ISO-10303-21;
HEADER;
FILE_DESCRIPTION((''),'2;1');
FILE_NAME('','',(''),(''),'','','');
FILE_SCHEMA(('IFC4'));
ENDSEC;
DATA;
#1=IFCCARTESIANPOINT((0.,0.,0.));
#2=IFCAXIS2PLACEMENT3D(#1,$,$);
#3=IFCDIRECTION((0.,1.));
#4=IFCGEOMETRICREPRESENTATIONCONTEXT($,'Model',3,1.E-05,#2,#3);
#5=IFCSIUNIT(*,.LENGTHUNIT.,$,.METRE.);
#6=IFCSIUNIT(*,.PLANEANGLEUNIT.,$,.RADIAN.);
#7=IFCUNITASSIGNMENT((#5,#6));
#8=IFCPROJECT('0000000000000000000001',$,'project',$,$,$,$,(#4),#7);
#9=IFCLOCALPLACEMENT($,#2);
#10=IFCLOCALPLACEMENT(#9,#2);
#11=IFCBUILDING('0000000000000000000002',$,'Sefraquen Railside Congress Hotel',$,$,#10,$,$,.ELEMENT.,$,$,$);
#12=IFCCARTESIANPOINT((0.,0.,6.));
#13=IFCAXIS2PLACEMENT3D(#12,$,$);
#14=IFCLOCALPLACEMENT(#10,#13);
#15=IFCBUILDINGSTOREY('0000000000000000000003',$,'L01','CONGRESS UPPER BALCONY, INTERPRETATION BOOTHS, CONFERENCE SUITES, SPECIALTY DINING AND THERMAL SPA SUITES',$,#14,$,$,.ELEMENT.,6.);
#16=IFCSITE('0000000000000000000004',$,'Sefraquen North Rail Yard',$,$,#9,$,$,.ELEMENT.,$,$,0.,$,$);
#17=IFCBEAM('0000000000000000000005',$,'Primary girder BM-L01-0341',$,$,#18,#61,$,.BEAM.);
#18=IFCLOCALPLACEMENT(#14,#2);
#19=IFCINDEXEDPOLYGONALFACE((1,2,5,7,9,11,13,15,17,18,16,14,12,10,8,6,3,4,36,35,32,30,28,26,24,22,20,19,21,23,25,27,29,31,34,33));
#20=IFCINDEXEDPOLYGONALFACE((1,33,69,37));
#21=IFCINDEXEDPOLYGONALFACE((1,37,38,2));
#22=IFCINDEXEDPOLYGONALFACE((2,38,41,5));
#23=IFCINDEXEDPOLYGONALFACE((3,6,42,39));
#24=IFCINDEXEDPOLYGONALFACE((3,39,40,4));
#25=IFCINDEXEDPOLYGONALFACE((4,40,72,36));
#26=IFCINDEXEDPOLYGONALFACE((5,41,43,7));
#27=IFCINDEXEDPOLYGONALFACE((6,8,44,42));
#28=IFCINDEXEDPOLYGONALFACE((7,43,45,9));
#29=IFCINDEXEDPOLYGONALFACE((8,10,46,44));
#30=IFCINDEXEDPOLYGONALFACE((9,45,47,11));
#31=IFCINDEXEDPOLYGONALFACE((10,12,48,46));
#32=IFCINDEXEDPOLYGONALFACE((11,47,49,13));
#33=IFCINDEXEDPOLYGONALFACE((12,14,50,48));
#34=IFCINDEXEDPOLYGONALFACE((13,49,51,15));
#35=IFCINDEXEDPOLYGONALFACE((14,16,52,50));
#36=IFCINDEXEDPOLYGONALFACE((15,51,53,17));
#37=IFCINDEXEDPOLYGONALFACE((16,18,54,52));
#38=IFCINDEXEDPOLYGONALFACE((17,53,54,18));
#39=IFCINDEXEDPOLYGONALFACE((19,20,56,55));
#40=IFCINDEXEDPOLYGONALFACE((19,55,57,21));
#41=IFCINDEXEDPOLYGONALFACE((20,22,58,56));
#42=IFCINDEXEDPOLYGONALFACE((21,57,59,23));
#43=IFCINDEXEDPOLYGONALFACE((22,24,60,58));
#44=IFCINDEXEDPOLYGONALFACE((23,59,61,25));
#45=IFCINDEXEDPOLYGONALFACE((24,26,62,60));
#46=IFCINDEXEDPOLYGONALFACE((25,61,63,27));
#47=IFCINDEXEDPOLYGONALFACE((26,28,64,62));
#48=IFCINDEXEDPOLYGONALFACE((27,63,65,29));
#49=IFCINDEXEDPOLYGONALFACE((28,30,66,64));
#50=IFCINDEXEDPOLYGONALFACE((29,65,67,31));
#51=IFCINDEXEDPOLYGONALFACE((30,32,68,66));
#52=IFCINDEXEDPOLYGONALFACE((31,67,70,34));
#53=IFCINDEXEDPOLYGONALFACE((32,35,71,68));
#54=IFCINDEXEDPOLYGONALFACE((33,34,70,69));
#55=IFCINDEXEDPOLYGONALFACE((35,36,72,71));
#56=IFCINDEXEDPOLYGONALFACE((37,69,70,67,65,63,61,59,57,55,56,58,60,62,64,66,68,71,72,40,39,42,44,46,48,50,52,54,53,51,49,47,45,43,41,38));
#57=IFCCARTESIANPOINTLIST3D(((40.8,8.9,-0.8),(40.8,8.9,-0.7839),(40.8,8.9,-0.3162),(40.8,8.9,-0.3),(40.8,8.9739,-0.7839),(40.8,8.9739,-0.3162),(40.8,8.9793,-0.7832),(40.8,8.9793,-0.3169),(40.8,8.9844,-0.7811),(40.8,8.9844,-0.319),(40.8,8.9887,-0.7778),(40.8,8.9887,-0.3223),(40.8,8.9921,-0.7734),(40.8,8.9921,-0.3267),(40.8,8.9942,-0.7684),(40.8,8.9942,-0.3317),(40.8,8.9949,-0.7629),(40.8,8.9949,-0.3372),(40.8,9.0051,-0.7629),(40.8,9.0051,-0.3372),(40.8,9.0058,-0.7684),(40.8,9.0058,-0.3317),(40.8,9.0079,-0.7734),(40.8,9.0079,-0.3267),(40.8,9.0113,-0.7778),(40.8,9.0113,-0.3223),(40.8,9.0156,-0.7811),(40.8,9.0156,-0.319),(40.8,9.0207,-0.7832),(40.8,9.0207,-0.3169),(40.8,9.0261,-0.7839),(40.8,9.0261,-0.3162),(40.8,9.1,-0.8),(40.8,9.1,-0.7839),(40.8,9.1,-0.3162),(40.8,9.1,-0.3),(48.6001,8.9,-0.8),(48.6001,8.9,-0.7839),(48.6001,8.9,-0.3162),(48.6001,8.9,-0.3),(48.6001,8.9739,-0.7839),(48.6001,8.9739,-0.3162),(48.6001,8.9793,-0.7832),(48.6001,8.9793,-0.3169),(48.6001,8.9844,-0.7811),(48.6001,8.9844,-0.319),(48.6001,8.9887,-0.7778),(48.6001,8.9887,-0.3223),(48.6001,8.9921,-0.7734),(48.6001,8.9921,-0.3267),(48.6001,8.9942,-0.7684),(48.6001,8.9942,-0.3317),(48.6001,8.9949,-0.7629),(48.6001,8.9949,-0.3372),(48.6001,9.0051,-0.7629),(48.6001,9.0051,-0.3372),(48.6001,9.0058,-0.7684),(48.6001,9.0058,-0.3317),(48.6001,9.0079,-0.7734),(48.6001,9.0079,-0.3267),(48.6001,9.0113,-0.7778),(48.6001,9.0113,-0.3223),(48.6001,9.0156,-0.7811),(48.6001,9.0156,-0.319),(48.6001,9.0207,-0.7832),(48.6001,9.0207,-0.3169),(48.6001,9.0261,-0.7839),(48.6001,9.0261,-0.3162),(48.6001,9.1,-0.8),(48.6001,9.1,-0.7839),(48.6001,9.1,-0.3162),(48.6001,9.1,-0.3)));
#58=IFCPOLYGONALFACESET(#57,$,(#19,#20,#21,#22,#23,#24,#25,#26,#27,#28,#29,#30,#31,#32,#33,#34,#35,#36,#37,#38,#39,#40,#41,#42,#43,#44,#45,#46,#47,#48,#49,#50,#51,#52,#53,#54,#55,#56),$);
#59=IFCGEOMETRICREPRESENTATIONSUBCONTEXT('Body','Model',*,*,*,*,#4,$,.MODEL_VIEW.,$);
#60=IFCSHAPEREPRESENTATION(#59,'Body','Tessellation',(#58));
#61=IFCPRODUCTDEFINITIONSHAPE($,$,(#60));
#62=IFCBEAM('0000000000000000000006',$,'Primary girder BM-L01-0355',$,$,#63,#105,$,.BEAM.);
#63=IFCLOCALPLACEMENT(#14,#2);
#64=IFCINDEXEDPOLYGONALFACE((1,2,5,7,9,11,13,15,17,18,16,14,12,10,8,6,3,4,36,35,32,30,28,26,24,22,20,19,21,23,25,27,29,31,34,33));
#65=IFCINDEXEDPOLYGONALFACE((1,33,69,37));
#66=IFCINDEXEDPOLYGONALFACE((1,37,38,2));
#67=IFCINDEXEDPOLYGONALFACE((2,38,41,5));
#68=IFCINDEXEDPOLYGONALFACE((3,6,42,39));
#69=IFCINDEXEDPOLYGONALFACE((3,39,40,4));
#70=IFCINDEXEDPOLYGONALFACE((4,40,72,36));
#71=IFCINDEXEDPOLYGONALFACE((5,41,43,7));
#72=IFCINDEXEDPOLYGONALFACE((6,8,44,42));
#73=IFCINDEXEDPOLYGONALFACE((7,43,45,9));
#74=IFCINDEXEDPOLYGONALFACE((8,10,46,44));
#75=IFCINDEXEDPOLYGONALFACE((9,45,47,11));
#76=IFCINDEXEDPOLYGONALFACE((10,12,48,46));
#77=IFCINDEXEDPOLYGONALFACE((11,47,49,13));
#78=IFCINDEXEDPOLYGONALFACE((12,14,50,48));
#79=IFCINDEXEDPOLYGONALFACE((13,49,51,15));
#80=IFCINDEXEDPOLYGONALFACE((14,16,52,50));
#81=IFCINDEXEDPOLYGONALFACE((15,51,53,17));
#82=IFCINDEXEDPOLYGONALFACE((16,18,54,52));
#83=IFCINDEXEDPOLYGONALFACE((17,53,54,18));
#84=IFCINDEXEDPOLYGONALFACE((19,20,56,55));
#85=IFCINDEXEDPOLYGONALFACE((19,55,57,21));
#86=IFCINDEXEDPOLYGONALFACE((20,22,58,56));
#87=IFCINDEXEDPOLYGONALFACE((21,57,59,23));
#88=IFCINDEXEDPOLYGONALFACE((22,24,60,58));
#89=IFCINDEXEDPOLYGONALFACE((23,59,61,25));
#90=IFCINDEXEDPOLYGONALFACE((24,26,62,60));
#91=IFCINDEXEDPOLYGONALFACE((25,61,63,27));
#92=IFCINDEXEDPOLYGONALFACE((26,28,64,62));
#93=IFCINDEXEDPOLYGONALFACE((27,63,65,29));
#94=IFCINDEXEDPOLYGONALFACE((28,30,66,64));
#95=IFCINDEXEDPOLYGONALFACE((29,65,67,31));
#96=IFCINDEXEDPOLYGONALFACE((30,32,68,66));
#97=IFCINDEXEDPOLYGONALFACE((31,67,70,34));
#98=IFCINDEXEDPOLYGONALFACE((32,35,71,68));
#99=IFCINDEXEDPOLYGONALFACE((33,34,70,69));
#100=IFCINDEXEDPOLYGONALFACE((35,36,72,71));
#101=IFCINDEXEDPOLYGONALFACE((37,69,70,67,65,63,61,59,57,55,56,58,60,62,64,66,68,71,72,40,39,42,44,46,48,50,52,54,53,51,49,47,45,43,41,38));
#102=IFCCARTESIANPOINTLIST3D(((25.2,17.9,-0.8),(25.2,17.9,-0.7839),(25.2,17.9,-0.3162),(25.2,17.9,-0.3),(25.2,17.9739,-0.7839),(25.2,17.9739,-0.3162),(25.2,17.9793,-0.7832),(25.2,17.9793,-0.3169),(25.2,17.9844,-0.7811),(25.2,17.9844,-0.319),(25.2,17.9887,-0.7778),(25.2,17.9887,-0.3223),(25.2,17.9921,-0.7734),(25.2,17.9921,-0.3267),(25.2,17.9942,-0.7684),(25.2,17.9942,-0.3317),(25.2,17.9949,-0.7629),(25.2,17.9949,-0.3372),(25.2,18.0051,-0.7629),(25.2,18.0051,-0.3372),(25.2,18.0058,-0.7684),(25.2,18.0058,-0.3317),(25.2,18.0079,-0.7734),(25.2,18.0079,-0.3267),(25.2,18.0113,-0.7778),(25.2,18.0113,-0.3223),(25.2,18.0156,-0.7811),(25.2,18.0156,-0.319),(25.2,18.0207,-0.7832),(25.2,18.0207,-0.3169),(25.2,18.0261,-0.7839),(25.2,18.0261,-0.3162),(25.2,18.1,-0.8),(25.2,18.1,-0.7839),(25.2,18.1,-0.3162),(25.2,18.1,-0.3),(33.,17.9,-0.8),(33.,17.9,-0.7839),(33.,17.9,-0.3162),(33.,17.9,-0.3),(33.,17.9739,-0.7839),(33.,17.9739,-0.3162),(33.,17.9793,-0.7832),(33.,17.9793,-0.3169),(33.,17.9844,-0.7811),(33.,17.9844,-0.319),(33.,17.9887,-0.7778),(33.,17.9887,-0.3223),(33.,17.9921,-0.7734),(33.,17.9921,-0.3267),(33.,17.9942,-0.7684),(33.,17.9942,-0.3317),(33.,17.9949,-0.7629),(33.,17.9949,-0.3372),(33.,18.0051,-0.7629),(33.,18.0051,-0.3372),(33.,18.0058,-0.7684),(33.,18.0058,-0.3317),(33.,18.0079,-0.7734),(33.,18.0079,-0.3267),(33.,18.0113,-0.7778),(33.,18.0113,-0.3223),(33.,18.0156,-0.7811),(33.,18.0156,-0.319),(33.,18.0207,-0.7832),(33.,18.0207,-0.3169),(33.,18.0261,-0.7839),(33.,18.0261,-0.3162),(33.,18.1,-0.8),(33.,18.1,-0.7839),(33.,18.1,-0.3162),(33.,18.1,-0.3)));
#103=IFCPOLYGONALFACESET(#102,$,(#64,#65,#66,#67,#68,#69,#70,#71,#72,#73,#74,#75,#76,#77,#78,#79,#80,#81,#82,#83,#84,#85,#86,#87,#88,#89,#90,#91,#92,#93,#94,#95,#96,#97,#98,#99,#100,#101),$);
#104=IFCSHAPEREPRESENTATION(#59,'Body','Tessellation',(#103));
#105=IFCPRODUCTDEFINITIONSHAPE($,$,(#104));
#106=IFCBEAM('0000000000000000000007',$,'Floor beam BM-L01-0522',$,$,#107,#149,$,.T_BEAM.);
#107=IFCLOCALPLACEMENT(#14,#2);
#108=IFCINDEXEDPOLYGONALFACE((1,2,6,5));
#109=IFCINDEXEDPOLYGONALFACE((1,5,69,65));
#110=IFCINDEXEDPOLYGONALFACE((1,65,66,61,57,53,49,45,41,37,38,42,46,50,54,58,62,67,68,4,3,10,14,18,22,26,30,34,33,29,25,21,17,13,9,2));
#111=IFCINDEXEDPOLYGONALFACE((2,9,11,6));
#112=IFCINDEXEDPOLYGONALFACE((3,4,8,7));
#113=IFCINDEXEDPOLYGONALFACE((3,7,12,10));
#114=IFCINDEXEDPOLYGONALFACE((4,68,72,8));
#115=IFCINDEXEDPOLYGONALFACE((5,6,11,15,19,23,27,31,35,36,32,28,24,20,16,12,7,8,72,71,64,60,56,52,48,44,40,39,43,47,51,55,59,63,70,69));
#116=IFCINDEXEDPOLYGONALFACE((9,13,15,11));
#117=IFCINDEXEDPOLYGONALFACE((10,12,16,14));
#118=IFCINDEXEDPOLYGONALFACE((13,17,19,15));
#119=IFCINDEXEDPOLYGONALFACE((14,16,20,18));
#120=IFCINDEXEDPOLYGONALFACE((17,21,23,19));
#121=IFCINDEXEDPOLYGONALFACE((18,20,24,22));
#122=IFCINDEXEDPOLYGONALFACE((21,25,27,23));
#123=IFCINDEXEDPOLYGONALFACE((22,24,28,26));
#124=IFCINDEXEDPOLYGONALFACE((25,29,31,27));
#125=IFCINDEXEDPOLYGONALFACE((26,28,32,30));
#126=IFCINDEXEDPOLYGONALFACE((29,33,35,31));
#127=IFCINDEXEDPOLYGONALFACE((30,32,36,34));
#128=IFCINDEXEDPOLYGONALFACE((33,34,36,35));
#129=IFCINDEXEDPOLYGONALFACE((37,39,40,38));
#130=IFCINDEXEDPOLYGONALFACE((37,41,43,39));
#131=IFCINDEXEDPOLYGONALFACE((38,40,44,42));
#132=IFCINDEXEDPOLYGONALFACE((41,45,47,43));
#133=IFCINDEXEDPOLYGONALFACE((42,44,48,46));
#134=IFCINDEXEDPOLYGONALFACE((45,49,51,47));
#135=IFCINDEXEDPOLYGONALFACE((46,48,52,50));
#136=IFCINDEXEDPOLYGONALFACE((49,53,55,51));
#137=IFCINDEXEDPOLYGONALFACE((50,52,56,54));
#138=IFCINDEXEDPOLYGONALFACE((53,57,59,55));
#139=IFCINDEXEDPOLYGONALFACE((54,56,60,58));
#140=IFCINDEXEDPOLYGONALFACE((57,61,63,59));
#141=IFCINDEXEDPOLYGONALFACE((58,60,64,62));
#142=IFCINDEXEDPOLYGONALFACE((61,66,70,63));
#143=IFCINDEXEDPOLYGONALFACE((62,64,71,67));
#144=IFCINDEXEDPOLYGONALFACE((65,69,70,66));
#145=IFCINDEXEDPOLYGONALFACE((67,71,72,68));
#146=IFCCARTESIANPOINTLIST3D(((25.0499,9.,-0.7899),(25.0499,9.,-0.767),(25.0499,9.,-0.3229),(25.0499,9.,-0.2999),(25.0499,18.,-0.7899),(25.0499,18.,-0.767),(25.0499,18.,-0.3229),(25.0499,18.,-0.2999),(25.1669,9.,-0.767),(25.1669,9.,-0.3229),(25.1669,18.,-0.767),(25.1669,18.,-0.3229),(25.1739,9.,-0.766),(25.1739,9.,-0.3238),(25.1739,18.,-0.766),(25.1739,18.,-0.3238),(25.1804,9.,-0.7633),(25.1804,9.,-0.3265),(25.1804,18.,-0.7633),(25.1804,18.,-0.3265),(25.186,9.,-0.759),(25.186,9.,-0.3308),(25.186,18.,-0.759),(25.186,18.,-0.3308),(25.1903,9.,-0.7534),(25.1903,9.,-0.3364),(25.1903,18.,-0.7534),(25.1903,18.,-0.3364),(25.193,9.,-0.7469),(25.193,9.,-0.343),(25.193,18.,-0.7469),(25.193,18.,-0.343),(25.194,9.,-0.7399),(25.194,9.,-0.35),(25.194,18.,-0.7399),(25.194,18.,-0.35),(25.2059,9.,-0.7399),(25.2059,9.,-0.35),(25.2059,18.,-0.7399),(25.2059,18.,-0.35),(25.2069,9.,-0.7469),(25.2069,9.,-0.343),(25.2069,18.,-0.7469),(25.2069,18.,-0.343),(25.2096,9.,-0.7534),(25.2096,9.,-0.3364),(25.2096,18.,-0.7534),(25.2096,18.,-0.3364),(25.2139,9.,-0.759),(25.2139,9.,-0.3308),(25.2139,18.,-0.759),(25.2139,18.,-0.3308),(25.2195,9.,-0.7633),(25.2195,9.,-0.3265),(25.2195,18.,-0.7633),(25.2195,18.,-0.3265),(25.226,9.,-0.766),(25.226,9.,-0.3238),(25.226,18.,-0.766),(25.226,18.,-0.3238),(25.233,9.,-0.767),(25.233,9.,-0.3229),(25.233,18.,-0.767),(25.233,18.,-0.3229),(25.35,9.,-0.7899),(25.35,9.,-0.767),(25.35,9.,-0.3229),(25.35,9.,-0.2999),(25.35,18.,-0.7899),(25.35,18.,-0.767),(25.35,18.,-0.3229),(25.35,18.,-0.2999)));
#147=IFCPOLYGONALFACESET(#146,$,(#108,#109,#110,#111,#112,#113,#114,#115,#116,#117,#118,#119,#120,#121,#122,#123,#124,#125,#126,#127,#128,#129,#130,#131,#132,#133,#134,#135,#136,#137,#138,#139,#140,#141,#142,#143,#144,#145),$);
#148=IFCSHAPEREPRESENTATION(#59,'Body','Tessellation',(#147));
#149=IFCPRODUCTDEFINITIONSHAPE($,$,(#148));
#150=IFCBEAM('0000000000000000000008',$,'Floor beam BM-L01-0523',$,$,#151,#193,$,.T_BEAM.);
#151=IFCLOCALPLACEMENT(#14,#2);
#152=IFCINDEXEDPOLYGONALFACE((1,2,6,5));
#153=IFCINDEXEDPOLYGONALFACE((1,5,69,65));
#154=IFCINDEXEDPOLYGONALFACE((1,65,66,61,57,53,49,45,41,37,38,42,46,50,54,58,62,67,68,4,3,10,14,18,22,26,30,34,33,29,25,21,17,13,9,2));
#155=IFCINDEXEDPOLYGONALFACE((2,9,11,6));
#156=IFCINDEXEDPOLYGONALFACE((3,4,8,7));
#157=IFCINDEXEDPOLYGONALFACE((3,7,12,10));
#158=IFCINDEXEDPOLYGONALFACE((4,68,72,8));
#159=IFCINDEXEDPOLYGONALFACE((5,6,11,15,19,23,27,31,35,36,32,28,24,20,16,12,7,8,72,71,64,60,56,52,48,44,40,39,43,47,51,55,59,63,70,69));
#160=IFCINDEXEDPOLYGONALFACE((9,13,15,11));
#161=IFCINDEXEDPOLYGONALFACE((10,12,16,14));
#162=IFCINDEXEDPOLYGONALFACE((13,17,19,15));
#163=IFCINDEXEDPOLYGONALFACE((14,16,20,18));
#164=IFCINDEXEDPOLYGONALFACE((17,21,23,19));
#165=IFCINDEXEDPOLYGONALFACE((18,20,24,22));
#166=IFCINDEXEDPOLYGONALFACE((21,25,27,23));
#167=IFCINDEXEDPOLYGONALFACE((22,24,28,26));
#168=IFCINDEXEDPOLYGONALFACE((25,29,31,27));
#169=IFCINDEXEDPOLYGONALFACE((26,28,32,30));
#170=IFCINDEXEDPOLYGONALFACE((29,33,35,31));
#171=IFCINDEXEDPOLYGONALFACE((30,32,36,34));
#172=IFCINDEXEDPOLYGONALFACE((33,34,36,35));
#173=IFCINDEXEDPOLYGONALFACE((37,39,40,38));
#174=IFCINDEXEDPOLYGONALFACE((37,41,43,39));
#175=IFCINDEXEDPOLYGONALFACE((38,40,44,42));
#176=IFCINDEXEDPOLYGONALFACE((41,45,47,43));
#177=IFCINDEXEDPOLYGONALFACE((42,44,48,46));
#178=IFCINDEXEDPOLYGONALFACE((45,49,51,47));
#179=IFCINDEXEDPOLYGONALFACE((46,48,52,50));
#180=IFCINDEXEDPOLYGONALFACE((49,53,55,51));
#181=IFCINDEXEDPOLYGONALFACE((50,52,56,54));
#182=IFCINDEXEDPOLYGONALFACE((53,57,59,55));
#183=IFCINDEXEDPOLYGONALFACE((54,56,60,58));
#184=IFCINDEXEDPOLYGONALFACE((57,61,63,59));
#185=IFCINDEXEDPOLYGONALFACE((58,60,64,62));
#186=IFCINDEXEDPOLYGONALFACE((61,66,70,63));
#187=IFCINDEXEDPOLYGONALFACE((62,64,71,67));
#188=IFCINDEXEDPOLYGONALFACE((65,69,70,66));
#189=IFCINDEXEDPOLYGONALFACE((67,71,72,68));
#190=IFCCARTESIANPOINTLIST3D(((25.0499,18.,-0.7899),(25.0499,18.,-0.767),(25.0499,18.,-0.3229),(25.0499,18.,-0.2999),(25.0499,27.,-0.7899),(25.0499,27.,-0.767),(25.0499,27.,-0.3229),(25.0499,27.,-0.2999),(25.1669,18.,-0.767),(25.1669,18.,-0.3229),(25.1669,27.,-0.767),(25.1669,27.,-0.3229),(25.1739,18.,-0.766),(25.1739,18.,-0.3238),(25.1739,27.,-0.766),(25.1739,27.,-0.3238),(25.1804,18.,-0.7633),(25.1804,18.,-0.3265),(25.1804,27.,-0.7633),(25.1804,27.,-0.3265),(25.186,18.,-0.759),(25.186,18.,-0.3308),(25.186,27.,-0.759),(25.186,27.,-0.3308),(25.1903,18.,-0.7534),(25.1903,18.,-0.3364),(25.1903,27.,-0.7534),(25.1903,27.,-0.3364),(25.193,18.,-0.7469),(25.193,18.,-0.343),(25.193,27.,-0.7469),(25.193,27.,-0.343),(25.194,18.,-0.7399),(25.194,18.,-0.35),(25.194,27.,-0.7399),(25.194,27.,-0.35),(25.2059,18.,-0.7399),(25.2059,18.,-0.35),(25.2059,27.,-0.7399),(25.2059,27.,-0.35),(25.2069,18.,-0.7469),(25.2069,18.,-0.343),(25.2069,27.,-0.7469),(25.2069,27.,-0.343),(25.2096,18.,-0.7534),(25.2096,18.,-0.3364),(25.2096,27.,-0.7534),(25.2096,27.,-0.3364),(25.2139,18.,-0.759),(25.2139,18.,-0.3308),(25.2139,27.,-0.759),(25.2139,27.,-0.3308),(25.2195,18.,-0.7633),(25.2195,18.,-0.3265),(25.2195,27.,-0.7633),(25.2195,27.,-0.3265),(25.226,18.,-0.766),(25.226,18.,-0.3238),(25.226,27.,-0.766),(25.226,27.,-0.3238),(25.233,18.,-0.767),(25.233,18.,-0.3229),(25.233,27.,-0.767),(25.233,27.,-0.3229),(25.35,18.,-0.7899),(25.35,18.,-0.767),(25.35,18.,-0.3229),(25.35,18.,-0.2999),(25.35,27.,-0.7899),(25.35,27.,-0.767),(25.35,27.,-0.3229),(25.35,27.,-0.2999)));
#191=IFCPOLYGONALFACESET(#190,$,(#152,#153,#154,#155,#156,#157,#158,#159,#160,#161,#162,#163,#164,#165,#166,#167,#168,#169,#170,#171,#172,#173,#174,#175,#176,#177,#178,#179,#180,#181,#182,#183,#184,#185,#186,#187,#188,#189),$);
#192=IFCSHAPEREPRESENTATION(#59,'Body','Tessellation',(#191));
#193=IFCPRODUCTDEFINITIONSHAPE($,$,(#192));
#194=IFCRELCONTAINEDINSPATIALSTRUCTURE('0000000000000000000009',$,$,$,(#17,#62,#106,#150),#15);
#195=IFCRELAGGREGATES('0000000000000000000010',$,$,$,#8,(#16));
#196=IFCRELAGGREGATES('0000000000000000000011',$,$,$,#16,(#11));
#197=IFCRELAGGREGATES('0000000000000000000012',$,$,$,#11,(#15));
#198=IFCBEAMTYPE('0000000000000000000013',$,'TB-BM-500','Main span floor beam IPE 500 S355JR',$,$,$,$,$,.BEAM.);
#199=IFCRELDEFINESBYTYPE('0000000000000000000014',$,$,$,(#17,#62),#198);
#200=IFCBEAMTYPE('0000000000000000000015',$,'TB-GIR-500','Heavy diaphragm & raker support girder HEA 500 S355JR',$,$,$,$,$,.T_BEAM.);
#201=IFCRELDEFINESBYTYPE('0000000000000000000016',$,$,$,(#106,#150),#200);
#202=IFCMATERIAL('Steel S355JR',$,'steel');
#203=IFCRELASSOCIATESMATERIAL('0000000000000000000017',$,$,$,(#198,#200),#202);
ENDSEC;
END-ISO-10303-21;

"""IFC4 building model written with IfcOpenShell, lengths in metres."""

from ifc_helpers import new_model, si_unit, direction, frame, origin, origin_2d, place, context, subcontext, project, spatial, i_section, extrude, material, material_profile, profile_set, type_object, element, save


model = new_model("IFC4")

# Units and contexts
model_context = context("Model", 3, precision=1e-05, world=origin(), true_north=direction((0.0, 1.0)))
body_context = subcontext(model_context, "Body", "Model", "MODEL_VIEW")
ifc_project = project(units=[si_unit("LENGTHUNIT", "METRE"), si_unit("PLANEANGLEUNIT", "RADIAN")], contexts=[model_context])

# Site, building, storey
site_placement = place(None, origin())
site = spatial("IfcSite", under=ifc_project, at=site_placement, Name="Sefraquen North Rail Yard", CompositionType="ELEMENT", RefElevation=0.0)
building_placement = place(site_placement, origin())
building = spatial("IfcBuilding", under=site, at=building_placement, Name="Sefraquen Railside Congress Hotel", CompositionType="ELEMENT")
storey_placement = place(building_placement, frame((0.0, 0.0, 6.0)))
storey = spatial("IfcBuildingStorey", under=building, at=storey_placement, Name="L01", Description="CONGRESS UPPER BALCONY, INTERPRETATION BOOTHS, CONFERENCE SUITES, SPECIALTY DINING AND THERMAL SPA SUITES", CompositionType="ELEMENT", Elevation=6.0)

# Shared definitions
ifc_material_1 = material(Name="Steel S355JR", Category="steel")

# Beams
ifc_material_profile_1 = material_profile(ifc_material_1, i_section(OverallWidth=0.2, OverallDepth=0.5, WebThickness=0.0103, FlangeThickness=0.0161, FilletRadius=0.021, at=origin_2d()), Name="IPE 500")
ifc_profile_set_1 = profile_set([ifc_material_profile_1], Name="Steel S355JR")
beam_type_1 = type_object("IfcBeamType", Name="TB-BM-500", Description="Main span floor beam IPE 500 S355JR", PredefinedType="BEAM", material=ifc_profile_set_1)
for number, where, z_axis, x_axis, name in (
    (1, (40.8, 9.0, -0.55), (1.0, 0.0, 0.0), (0.0, 1.0, 0.0), "Primary girder BM-L01-0341"),
    (2, (25.2, 18.0, -0.55), (1.0, 0.0, 0.0), (0.0, 1.0, 0.0), "Primary girder BM-L01-0355"),
):
    element("IfcBeam", number, at=place(storey_placement, frame(where, z_axis=z_axis, x_axis=x_axis)), inside=storey, type_object=beam_type_1, Name=name, PredefinedType="BEAM", context=body_context, shape_type="SweptSolid", body=[
        extrude(i_section(OverallWidth=0.2, OverallDepth=0.5, WebThickness=0.0103, FlangeThickness=0.0161, FilletRadius=0.021, at=origin_2d()), origin(), (0.0, 0.0, 1.0), 7.8),
    ])
ifc_material_profile_2 = material_profile(ifc_material_1, i_section(OverallWidth=0.3, OverallDepth=0.49, WebThickness=0.012, FlangeThickness=0.0229, FilletRadius=0.0271, at=origin_2d()), Name="HEA 500")
ifc_profile_set_2 = profile_set([ifc_material_profile_2], Name="Steel S355JR")
beam_type_2 = type_object("IfcBeamType", Name="TB-GIR-500", Description="Heavy diaphragm & raker support girder HEA 500 S355JR", PredefinedType="T_BEAM", material=ifc_profile_set_2)
for number, where, z_axis, x_axis, name in (
    (3, (25.2, 9.0, -0.5449), (0.0, 1.0, 0.0), (-1.0, 0.0, 0.0), "Floor beam BM-L01-0522"),
    (4, (25.2, 18.0, -0.5449), (0.0, 1.0, 0.0), (-1.0, 0.0, 0.0), "Floor beam BM-L01-0523"),
):
    element("IfcBeam", number, at=place(storey_placement, frame(where, z_axis=z_axis, x_axis=x_axis)), inside=storey, type_object=beam_type_2, Name=name, PredefinedType="T_BEAM", context=body_context, shape_type="SweptSolid", body=[
        extrude(i_section(OverallWidth=0.3, OverallDepth=0.49, WebThickness=0.012, FlangeThickness=0.0229, FilletRadius=0.0271, at=origin_2d()), origin(), (0.0, 0.0, 1.0), 9.0),
    ])

save(model, "model.ifc")
